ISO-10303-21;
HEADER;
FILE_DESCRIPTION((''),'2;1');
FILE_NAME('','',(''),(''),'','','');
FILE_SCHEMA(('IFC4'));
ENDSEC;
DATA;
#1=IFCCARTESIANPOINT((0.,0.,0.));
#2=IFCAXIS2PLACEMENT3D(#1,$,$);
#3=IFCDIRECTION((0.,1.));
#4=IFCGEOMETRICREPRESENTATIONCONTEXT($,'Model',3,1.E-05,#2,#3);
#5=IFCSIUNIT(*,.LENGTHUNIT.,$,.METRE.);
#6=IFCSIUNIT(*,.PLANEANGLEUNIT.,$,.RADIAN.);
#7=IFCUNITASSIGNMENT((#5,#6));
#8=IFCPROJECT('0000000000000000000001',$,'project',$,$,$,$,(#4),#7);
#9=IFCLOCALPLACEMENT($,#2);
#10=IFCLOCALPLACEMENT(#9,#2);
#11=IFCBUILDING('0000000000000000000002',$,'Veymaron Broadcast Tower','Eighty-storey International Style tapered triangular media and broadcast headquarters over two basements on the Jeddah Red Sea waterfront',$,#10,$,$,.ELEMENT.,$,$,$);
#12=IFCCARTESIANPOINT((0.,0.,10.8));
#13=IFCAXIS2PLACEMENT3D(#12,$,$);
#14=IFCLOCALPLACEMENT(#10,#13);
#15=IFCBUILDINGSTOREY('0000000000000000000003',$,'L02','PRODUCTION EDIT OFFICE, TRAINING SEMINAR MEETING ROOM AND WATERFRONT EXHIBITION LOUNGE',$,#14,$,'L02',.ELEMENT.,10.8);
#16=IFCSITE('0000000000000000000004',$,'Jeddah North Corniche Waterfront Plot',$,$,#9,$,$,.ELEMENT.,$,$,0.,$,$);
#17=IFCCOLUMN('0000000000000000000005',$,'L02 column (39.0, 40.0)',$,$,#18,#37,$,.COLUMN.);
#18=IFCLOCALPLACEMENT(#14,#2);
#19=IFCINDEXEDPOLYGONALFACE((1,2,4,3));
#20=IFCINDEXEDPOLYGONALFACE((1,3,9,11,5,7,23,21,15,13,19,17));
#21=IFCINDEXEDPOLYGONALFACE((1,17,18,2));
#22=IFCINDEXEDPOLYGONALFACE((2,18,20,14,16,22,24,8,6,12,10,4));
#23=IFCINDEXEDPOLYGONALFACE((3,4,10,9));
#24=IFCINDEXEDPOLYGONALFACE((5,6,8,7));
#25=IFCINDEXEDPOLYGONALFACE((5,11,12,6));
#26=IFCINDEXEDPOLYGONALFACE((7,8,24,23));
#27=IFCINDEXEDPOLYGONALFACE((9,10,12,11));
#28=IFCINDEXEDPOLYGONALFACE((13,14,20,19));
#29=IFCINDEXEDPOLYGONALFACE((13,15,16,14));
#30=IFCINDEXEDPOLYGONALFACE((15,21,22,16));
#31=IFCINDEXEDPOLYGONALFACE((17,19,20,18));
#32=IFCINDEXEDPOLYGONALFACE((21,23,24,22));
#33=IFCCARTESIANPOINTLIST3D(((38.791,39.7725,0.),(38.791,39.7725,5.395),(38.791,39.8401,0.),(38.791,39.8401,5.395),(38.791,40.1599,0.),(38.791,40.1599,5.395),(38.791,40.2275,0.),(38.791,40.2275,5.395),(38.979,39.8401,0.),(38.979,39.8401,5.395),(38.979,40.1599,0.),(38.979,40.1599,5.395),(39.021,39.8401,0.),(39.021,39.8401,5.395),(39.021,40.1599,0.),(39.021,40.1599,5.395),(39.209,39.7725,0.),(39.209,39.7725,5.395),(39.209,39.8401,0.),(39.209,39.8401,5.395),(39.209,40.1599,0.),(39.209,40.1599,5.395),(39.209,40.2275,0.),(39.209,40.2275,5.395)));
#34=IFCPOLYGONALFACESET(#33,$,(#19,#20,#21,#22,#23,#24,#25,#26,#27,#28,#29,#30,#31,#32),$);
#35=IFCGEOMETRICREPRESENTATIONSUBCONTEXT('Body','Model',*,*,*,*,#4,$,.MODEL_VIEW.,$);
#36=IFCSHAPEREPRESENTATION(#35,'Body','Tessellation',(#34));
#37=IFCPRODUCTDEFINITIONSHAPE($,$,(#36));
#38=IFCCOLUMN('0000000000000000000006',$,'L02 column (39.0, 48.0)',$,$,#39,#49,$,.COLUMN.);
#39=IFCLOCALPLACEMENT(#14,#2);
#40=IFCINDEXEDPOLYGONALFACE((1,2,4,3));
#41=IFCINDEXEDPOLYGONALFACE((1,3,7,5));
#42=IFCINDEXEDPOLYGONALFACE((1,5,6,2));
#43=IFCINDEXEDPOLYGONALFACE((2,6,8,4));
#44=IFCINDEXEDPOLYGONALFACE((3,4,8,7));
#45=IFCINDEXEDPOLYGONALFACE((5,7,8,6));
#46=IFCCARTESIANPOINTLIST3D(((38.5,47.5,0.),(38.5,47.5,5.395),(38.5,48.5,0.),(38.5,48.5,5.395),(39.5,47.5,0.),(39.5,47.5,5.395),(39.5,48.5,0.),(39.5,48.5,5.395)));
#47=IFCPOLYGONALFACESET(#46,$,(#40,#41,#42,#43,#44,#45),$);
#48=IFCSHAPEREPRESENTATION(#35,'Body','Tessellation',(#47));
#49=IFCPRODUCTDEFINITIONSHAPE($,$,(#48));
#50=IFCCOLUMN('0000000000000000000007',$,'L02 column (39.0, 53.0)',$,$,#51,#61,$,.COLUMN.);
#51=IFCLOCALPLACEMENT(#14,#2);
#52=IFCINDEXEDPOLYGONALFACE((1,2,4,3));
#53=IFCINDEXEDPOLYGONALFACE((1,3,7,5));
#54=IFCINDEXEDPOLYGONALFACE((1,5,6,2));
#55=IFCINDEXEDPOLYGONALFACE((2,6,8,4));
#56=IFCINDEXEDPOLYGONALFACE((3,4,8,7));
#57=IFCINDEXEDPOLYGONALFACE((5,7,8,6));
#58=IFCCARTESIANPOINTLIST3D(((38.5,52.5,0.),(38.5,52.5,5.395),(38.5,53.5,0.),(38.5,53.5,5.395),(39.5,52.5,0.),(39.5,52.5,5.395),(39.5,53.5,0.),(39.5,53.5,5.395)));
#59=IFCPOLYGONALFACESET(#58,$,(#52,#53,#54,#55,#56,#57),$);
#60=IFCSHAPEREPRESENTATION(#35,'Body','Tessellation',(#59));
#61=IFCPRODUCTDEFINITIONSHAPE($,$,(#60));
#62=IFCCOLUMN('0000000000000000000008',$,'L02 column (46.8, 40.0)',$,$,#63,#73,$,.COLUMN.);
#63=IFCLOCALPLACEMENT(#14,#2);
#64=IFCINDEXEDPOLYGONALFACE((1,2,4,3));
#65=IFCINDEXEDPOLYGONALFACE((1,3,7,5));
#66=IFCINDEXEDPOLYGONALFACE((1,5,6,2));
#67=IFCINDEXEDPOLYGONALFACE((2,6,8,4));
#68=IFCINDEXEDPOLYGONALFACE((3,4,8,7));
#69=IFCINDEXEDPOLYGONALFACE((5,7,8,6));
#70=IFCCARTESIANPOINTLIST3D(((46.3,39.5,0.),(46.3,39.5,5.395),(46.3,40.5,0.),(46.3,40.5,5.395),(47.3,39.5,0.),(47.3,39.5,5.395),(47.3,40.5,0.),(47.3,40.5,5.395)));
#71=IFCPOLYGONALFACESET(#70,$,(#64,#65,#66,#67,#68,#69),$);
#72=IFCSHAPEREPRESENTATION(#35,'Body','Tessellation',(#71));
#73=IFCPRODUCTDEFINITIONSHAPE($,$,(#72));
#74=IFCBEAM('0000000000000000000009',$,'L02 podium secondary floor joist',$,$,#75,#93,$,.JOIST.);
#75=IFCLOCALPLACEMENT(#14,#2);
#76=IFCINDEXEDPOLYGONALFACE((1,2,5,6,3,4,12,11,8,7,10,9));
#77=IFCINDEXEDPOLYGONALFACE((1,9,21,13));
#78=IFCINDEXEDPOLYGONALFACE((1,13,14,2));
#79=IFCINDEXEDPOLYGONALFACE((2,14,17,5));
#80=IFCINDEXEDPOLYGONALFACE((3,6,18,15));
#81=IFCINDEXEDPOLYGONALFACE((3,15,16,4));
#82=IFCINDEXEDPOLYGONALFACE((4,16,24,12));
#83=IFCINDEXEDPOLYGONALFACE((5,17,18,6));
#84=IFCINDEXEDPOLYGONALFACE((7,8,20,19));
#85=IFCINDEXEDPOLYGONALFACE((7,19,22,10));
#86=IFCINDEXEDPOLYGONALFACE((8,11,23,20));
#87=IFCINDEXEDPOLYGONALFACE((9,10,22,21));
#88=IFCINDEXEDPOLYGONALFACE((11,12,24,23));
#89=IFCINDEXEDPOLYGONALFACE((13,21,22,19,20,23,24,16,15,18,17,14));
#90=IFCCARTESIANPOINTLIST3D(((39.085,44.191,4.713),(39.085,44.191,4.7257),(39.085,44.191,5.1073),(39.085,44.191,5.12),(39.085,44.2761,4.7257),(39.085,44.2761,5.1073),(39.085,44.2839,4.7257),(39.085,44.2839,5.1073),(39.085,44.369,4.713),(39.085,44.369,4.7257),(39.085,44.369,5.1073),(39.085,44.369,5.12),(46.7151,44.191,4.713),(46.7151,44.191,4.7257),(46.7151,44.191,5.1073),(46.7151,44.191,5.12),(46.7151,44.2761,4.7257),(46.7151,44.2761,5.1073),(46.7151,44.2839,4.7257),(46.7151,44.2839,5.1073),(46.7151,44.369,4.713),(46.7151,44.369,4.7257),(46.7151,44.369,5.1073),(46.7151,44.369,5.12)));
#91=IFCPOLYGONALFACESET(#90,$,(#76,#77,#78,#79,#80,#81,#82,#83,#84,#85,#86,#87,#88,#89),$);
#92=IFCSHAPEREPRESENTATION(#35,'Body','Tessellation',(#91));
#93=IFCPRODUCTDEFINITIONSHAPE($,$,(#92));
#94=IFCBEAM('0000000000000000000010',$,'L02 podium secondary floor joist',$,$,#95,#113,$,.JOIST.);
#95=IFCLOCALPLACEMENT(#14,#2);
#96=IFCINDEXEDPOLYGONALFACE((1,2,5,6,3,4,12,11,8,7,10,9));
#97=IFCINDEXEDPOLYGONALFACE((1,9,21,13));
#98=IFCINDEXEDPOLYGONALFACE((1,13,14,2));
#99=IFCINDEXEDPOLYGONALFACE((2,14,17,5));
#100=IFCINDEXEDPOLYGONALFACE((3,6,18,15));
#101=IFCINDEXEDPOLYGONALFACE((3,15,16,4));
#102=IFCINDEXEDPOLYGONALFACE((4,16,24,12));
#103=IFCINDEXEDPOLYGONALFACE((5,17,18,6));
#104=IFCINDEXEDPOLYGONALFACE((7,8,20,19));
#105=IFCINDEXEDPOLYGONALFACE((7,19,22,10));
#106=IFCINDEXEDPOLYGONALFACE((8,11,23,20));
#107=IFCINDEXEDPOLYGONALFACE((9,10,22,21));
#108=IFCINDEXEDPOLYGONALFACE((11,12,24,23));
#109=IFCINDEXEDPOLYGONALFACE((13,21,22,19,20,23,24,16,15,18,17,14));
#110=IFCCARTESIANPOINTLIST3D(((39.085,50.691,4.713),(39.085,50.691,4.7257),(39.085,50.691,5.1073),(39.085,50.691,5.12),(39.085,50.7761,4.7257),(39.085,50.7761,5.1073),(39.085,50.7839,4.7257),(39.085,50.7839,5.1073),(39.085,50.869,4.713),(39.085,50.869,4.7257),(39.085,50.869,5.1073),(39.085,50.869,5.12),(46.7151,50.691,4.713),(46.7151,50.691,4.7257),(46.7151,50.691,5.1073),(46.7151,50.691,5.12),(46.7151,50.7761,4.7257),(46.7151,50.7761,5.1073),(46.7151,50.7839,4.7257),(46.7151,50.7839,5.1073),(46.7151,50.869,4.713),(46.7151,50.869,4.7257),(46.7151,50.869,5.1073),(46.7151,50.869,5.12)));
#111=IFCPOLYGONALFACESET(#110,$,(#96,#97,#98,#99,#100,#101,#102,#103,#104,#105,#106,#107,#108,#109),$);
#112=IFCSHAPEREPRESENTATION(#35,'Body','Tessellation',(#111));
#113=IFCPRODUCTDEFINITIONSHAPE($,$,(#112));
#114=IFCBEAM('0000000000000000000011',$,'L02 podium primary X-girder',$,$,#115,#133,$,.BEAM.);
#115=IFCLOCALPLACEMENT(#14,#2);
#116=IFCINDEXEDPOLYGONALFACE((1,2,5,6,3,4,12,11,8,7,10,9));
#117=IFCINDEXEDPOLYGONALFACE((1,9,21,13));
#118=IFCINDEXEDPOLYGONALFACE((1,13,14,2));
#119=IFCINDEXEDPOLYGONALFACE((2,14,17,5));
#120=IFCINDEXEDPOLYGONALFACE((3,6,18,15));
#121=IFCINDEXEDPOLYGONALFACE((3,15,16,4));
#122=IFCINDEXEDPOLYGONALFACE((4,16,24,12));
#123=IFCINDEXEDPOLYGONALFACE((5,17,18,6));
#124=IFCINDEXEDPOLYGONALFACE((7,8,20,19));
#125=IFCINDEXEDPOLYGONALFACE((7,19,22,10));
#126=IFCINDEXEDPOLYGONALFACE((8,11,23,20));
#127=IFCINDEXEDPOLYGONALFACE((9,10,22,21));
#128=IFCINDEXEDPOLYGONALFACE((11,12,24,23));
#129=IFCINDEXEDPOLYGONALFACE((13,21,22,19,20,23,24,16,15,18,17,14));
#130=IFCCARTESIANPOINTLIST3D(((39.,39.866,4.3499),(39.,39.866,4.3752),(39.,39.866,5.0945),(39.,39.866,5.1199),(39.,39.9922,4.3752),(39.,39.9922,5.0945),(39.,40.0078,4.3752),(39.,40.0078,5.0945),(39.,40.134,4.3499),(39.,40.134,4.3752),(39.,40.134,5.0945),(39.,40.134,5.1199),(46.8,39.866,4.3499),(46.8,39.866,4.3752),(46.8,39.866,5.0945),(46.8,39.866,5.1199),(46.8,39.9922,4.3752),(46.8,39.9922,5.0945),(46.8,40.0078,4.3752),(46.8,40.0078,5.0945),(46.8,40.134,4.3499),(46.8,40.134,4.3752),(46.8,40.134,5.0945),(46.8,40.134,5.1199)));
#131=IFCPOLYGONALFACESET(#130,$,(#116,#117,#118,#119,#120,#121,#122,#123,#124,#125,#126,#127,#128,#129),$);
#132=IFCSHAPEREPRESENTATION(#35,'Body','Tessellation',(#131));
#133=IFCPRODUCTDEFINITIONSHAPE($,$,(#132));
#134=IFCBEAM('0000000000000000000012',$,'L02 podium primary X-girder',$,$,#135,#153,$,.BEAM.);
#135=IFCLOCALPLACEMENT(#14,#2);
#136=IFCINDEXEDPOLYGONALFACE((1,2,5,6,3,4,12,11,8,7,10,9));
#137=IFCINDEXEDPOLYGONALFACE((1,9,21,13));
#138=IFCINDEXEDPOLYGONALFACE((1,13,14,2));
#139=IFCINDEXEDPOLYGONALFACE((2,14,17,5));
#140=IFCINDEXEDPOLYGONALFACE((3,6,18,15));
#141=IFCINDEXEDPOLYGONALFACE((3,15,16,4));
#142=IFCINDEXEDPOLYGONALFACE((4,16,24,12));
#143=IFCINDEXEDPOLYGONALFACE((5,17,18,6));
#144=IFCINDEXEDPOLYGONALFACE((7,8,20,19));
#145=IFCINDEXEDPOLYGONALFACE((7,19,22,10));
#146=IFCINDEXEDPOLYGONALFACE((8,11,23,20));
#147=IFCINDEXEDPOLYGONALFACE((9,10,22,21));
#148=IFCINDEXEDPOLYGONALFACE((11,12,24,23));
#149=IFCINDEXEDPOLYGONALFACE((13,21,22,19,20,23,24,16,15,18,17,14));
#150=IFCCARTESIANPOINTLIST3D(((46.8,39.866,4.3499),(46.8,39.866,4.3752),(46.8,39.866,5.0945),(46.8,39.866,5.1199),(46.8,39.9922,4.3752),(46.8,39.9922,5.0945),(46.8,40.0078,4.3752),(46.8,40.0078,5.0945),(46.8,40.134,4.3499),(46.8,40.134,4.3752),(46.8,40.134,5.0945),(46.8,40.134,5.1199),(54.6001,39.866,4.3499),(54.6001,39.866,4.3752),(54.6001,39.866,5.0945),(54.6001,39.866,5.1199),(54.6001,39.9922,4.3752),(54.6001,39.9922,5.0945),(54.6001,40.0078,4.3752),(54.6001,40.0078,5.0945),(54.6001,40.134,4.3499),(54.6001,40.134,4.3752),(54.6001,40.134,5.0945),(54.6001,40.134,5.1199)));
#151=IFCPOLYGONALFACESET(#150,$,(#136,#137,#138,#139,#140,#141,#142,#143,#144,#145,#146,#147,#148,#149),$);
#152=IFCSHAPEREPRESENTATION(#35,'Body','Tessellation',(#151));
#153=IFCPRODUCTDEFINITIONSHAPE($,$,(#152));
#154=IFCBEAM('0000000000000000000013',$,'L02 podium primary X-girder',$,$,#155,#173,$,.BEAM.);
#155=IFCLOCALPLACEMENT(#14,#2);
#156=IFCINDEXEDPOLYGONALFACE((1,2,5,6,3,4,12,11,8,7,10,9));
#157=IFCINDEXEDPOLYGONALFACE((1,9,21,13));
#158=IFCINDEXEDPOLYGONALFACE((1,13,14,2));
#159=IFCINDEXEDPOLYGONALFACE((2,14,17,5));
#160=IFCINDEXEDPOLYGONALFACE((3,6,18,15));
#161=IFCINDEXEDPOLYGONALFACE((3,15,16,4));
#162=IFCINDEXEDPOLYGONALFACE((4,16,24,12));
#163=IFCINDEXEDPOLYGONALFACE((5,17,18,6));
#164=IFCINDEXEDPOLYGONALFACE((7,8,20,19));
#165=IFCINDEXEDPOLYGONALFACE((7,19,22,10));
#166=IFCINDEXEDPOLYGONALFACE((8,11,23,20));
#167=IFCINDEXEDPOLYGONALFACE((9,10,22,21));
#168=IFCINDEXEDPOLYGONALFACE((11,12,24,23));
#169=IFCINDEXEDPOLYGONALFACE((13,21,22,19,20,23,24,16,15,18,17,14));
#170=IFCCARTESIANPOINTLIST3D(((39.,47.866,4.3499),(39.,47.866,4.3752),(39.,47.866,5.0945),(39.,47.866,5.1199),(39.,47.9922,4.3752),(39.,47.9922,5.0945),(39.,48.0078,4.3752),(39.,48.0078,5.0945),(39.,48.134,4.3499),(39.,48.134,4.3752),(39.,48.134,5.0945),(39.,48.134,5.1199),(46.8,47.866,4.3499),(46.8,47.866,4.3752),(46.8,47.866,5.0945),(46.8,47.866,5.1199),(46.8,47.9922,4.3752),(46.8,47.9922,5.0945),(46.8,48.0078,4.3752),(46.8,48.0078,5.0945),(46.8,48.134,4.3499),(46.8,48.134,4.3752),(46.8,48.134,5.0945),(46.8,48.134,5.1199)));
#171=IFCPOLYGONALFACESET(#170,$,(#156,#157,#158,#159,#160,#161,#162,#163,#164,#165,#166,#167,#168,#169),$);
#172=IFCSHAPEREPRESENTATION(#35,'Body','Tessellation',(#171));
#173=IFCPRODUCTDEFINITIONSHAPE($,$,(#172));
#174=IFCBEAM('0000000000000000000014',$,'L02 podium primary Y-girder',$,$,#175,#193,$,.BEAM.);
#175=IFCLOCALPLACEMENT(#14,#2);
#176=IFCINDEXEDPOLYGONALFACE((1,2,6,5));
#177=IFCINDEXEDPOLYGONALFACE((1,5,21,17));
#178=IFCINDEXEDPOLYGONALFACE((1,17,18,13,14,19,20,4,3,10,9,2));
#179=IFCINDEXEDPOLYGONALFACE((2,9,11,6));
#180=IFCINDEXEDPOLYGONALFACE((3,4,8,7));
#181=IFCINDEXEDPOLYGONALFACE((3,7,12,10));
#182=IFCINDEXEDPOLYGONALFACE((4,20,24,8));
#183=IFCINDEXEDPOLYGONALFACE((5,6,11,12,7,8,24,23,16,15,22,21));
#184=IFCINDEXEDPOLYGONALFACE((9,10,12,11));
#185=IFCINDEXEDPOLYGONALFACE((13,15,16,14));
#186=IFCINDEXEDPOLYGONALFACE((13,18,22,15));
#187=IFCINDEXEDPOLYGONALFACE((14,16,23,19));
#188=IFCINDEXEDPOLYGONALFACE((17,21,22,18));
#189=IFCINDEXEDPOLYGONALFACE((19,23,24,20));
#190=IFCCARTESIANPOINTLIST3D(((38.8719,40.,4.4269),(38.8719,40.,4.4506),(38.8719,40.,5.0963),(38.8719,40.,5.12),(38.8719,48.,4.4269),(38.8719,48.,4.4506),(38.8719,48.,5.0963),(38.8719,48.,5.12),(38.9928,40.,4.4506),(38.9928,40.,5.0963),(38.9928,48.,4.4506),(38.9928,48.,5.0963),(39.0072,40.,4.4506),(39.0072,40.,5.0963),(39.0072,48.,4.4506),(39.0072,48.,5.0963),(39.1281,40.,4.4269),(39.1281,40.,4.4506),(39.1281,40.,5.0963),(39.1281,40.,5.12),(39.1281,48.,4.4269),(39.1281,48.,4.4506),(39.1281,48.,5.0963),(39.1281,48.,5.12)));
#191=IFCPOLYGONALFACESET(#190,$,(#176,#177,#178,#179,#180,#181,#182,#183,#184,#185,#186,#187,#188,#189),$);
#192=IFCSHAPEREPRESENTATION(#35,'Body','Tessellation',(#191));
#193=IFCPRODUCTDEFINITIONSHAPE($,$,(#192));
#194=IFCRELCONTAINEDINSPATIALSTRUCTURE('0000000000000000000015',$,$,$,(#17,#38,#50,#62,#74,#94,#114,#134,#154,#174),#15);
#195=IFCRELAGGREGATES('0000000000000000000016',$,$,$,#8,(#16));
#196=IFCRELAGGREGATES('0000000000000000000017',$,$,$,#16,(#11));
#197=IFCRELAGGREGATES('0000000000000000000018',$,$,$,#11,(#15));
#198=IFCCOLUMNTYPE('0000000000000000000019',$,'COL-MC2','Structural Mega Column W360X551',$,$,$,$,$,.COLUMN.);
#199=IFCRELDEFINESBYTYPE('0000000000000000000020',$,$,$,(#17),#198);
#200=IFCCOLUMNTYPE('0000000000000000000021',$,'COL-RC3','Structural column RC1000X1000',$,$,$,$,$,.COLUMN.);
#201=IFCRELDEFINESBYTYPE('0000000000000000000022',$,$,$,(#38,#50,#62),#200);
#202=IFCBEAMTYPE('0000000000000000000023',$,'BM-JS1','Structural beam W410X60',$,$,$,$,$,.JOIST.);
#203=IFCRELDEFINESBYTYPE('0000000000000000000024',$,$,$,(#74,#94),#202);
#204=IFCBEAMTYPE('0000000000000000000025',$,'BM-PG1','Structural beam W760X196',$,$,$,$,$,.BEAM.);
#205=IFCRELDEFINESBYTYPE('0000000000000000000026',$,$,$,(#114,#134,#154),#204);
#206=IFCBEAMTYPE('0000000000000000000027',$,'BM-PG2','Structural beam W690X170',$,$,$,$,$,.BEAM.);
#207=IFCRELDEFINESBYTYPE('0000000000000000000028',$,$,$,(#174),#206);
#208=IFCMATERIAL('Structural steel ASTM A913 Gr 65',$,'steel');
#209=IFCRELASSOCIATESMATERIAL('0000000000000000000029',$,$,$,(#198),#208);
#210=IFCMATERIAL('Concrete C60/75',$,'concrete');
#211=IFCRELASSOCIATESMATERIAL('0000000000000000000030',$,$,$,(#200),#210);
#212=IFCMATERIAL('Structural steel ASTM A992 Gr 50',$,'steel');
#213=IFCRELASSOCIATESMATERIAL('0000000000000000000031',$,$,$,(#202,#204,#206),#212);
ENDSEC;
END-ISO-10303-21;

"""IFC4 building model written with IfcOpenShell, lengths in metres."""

from ifc_helpers import new_model, si_unit, direction, frame, origin, origin_2d, place, context, subcontext, project, spatial, rectangle, i_section, extrude, material, material_profile, profile_set, type_object, element, save


model = new_model("IFC4")

# Units and contexts
model_context = context("Model", 3, precision=1e-05, world=origin(), true_north=direction((0.0, 1.0)))
body_context = subcontext(model_context, "Body", "Model", "MODEL_VIEW")
ifc_project = project(units=[si_unit("LENGTHUNIT", "METRE"), si_unit("PLANEANGLEUNIT", "RADIAN")], contexts=[model_context])

# Site, building, storey
site_placement = place(None, origin())
site = spatial("IfcSite", under=ifc_project, at=site_placement, Name="Jeddah North Corniche Waterfront Plot", CompositionType="ELEMENT", RefElevation=0.0)
building_placement = place(site_placement, origin())
building = spatial("IfcBuilding", under=site, at=building_placement, Name="Veymaron Broadcast Tower", Description="Eighty-storey International Style tapered triangular media and broadcast headquarters over two basements on the Jeddah Red Sea waterfront", CompositionType="ELEMENT")
storey_placement = place(building_placement, frame((0.0, 0.0, 10.8)))
storey = spatial("IfcBuildingStorey", under=building, at=storey_placement, Name="L02", Description="PRODUCTION EDIT OFFICE, TRAINING SEMINAR MEETING ROOM AND WATERFRONT EXHIBITION LOUNGE", LongName="L02", CompositionType="ELEMENT", Elevation=10.8)

# Columns
ifc_material_1 = material(Name="Structural steel ASTM A913 Gr 65", Category="steel")
ifc_material_profile_1 = material_profile(ifc_material_1, i_section(OverallWidth=0.418, OverallDepth=0.4551, WebThickness=0.042, FlangeThickness=0.0676, at=origin_2d()), Name="W360X551")
ifc_profile_set_1 = profile_set([ifc_material_profile_1], Name="Structural steel ASTM A913 Gr 65")
column_type_1 = type_object("IfcColumnType", Name="COL-MC2", Description="Structural Mega Column W360X551", PredefinedType="COLUMN", material=ifc_profile_set_1)
column_placement = place(storey_placement, frame((39.0, 40.0, 0.0), z_axis=(0.0, 0.0, 1.0), x_axis=(1.0, 0.0, 0.0)))
element("IfcColumn", 1, at=column_placement, inside=storey, type_object=column_type_1, Name="L02 column (39.0, 40.0)", PredefinedType="COLUMN", context=body_context, shape_type="SweptSolid", body=[
    extrude(i_section(OverallWidth=0.418, OverallDepth=0.4551, WebThickness=0.042, FlangeThickness=0.0676, at=origin_2d()), origin(), (0.0, 0.0, 1.0), 5.395),
])
ifc_material_2 = material(Name="Concrete C60/75", Category="concrete")
ifc_material_profile_2 = material_profile(ifc_material_2, rectangle(XDim=1.0, YDim=1.0, at=origin_2d()), Name="RC1000X1000")
ifc_profile_set_2 = profile_set([ifc_material_profile_2], Name="Concrete C60/75")
column_type_2 = type_object("IfcColumnType", Name="COL-RC3", Description="Structural column RC1000X1000", PredefinedType="COLUMN", material=ifc_profile_set_2)
for number, where, z_axis, x_axis, name in (
    (2, (39.0, 48.0, 0.0), (0.0, 0.0, 1.0), (1.0, 0.0, 0.0), "L02 column (39.0, 48.0)"),
    (3, (39.0, 53.0, 0.0), (0.0, 0.0, 1.0), (1.0, 0.0, 0.0), "L02 column (39.0, 53.0)"),
    (4, (46.8, 40.0, 0.0), (0.0, 0.0, 1.0), (1.0, 0.0, 0.0), "L02 column (46.8, 40.0)"),
):
    element("IfcColumn", number, at=place(storey_placement, frame(where, z_axis=z_axis, x_axis=x_axis)), inside=storey, type_object=column_type_2, Name=name, PredefinedType="COLUMN", context=body_context, shape_type="SweptSolid", body=[
        extrude(rectangle(XDim=1.0, YDim=1.0, at=origin_2d()), origin(), (0.0, 0.0, 1.0), 5.395),
    ])

# Beams
ifc_material_3 = material(Name="Structural steel ASTM A992 Gr 50", Category="steel")
ifc_material_profile_3 = material_profile(ifc_material_3, i_section(OverallWidth=0.178, OverallDepth=0.407, WebThickness=0.0078, FlangeThickness=0.0127, at=origin_2d()), Name="W410X60")
ifc_profile_set_3 = profile_set([ifc_material_profile_3], Name="Structural steel ASTM A992 Gr 50")
beam_type_1 = type_object("IfcBeamType", Name="BM-JS1", Description="Structural beam W410X60", PredefinedType="JOIST", material=ifc_profile_set_3)
for number, where, z_axis, x_axis, name in (
    (5, (39.085, 44.28, 4.9165), (1.0, 0.0, 0.0), (0.0, 1.0, 0.0), "L02 podium secondary floor joist"),
    (6, (39.085, 50.78, 4.9165), (1.0, 0.0, 0.0), (0.0, 1.0, 0.0), "L02 podium secondary floor joist"),
):
    element("IfcBeam", number, at=place(storey_placement, frame(where, z_axis=z_axis, x_axis=x_axis)), inside=storey, type_object=beam_type_1, Name=name, PredefinedType="JOIST", context=body_context, shape_type="SweptSolid", body=[
        extrude(i_section(OverallWidth=0.178, OverallDepth=0.407, WebThickness=0.0078, FlangeThickness=0.0127, at=origin_2d()), origin(), (0.0, 0.0, 1.0), 7.6301),
    ])
ifc_material_profile_4 = material_profile(ifc_material_3, i_section(OverallWidth=0.2681, OverallDepth=0.77, WebThickness=0.0156, FlangeThickness=0.0254, at=origin_2d()), Name="W760X196")
ifc_profile_set_4 = profile_set([ifc_material_profile_4], Name="Structural steel ASTM A992 Gr 50")
beam_type_2 = type_object("IfcBeamType", Name="BM-PG1", Description="Structural beam W760X196", PredefinedType="BEAM", material=ifc_profile_set_4)
for number, where, z_axis, x_axis, name in (
    (7, (39.0, 40.0, 4.7349), (1.0, 0.0, 0.0), (0.0, 1.0, 0.0), "L02 podium primary X-girder"),
    (8, (46.8, 40.0, 4.7349), (1.0, 0.0, 0.0), (0.0, 1.0, 0.0), "L02 podium primary X-girder"),
    (9, (39.0, 48.0, 4.7349), (1.0, 0.0, 0.0), (0.0, 1.0, 0.0), "L02 podium primary X-girder"),
):
    element("IfcBeam", number, at=place(storey_placement, frame(where, z_axis=z_axis, x_axis=x_axis)), inside=storey, type_object=beam_type_2, Name=name, PredefinedType="BEAM", context=body_context, shape_type="SweptSolid", body=[
        extrude(i_section(OverallWidth=0.2681, OverallDepth=0.77, WebThickness=0.0156, FlangeThickness=0.0254, at=origin_2d()), origin(), (0.0, 0.0, 1.0), 7.8),
    ])
ifc_material_profile_5 = material_profile(ifc_material_3, i_section(OverallWidth=0.2561, OverallDepth=0.6931, WebThickness=0.0144, FlangeThickness=0.0237, at=origin_2d()), Name="W690X170")
ifc_profile_set_5 = profile_set([ifc_material_profile_5], Name="Structural steel ASTM A992 Gr 50")
beam_type_3 = type_object("IfcBeamType", Name="BM-PG2", Description="Structural beam W690X170", PredefinedType="BEAM", material=ifc_profile_set_5)
beam_1_placement = place(storey_placement, frame((39.0, 40.0, 4.7734), z_axis=(0.0, 1.0, 0.0), x_axis=(-1.0, 0.0, 0.0)))
element("IfcBeam", 10, at=beam_1_placement, inside=storey, type_object=beam_type_3, Name="L02 podium primary Y-girder", PredefinedType="BEAM", context=body_context, shape_type="SweptSolid", body=[
    extrude(i_section(OverallWidth=0.2561, OverallDepth=0.6931, WebThickness=0.0144, FlangeThickness=0.0237, at=origin_2d()), origin(), (0.0, 0.0, 1.0), 8.0),
])

save(model, "model.ifc")
